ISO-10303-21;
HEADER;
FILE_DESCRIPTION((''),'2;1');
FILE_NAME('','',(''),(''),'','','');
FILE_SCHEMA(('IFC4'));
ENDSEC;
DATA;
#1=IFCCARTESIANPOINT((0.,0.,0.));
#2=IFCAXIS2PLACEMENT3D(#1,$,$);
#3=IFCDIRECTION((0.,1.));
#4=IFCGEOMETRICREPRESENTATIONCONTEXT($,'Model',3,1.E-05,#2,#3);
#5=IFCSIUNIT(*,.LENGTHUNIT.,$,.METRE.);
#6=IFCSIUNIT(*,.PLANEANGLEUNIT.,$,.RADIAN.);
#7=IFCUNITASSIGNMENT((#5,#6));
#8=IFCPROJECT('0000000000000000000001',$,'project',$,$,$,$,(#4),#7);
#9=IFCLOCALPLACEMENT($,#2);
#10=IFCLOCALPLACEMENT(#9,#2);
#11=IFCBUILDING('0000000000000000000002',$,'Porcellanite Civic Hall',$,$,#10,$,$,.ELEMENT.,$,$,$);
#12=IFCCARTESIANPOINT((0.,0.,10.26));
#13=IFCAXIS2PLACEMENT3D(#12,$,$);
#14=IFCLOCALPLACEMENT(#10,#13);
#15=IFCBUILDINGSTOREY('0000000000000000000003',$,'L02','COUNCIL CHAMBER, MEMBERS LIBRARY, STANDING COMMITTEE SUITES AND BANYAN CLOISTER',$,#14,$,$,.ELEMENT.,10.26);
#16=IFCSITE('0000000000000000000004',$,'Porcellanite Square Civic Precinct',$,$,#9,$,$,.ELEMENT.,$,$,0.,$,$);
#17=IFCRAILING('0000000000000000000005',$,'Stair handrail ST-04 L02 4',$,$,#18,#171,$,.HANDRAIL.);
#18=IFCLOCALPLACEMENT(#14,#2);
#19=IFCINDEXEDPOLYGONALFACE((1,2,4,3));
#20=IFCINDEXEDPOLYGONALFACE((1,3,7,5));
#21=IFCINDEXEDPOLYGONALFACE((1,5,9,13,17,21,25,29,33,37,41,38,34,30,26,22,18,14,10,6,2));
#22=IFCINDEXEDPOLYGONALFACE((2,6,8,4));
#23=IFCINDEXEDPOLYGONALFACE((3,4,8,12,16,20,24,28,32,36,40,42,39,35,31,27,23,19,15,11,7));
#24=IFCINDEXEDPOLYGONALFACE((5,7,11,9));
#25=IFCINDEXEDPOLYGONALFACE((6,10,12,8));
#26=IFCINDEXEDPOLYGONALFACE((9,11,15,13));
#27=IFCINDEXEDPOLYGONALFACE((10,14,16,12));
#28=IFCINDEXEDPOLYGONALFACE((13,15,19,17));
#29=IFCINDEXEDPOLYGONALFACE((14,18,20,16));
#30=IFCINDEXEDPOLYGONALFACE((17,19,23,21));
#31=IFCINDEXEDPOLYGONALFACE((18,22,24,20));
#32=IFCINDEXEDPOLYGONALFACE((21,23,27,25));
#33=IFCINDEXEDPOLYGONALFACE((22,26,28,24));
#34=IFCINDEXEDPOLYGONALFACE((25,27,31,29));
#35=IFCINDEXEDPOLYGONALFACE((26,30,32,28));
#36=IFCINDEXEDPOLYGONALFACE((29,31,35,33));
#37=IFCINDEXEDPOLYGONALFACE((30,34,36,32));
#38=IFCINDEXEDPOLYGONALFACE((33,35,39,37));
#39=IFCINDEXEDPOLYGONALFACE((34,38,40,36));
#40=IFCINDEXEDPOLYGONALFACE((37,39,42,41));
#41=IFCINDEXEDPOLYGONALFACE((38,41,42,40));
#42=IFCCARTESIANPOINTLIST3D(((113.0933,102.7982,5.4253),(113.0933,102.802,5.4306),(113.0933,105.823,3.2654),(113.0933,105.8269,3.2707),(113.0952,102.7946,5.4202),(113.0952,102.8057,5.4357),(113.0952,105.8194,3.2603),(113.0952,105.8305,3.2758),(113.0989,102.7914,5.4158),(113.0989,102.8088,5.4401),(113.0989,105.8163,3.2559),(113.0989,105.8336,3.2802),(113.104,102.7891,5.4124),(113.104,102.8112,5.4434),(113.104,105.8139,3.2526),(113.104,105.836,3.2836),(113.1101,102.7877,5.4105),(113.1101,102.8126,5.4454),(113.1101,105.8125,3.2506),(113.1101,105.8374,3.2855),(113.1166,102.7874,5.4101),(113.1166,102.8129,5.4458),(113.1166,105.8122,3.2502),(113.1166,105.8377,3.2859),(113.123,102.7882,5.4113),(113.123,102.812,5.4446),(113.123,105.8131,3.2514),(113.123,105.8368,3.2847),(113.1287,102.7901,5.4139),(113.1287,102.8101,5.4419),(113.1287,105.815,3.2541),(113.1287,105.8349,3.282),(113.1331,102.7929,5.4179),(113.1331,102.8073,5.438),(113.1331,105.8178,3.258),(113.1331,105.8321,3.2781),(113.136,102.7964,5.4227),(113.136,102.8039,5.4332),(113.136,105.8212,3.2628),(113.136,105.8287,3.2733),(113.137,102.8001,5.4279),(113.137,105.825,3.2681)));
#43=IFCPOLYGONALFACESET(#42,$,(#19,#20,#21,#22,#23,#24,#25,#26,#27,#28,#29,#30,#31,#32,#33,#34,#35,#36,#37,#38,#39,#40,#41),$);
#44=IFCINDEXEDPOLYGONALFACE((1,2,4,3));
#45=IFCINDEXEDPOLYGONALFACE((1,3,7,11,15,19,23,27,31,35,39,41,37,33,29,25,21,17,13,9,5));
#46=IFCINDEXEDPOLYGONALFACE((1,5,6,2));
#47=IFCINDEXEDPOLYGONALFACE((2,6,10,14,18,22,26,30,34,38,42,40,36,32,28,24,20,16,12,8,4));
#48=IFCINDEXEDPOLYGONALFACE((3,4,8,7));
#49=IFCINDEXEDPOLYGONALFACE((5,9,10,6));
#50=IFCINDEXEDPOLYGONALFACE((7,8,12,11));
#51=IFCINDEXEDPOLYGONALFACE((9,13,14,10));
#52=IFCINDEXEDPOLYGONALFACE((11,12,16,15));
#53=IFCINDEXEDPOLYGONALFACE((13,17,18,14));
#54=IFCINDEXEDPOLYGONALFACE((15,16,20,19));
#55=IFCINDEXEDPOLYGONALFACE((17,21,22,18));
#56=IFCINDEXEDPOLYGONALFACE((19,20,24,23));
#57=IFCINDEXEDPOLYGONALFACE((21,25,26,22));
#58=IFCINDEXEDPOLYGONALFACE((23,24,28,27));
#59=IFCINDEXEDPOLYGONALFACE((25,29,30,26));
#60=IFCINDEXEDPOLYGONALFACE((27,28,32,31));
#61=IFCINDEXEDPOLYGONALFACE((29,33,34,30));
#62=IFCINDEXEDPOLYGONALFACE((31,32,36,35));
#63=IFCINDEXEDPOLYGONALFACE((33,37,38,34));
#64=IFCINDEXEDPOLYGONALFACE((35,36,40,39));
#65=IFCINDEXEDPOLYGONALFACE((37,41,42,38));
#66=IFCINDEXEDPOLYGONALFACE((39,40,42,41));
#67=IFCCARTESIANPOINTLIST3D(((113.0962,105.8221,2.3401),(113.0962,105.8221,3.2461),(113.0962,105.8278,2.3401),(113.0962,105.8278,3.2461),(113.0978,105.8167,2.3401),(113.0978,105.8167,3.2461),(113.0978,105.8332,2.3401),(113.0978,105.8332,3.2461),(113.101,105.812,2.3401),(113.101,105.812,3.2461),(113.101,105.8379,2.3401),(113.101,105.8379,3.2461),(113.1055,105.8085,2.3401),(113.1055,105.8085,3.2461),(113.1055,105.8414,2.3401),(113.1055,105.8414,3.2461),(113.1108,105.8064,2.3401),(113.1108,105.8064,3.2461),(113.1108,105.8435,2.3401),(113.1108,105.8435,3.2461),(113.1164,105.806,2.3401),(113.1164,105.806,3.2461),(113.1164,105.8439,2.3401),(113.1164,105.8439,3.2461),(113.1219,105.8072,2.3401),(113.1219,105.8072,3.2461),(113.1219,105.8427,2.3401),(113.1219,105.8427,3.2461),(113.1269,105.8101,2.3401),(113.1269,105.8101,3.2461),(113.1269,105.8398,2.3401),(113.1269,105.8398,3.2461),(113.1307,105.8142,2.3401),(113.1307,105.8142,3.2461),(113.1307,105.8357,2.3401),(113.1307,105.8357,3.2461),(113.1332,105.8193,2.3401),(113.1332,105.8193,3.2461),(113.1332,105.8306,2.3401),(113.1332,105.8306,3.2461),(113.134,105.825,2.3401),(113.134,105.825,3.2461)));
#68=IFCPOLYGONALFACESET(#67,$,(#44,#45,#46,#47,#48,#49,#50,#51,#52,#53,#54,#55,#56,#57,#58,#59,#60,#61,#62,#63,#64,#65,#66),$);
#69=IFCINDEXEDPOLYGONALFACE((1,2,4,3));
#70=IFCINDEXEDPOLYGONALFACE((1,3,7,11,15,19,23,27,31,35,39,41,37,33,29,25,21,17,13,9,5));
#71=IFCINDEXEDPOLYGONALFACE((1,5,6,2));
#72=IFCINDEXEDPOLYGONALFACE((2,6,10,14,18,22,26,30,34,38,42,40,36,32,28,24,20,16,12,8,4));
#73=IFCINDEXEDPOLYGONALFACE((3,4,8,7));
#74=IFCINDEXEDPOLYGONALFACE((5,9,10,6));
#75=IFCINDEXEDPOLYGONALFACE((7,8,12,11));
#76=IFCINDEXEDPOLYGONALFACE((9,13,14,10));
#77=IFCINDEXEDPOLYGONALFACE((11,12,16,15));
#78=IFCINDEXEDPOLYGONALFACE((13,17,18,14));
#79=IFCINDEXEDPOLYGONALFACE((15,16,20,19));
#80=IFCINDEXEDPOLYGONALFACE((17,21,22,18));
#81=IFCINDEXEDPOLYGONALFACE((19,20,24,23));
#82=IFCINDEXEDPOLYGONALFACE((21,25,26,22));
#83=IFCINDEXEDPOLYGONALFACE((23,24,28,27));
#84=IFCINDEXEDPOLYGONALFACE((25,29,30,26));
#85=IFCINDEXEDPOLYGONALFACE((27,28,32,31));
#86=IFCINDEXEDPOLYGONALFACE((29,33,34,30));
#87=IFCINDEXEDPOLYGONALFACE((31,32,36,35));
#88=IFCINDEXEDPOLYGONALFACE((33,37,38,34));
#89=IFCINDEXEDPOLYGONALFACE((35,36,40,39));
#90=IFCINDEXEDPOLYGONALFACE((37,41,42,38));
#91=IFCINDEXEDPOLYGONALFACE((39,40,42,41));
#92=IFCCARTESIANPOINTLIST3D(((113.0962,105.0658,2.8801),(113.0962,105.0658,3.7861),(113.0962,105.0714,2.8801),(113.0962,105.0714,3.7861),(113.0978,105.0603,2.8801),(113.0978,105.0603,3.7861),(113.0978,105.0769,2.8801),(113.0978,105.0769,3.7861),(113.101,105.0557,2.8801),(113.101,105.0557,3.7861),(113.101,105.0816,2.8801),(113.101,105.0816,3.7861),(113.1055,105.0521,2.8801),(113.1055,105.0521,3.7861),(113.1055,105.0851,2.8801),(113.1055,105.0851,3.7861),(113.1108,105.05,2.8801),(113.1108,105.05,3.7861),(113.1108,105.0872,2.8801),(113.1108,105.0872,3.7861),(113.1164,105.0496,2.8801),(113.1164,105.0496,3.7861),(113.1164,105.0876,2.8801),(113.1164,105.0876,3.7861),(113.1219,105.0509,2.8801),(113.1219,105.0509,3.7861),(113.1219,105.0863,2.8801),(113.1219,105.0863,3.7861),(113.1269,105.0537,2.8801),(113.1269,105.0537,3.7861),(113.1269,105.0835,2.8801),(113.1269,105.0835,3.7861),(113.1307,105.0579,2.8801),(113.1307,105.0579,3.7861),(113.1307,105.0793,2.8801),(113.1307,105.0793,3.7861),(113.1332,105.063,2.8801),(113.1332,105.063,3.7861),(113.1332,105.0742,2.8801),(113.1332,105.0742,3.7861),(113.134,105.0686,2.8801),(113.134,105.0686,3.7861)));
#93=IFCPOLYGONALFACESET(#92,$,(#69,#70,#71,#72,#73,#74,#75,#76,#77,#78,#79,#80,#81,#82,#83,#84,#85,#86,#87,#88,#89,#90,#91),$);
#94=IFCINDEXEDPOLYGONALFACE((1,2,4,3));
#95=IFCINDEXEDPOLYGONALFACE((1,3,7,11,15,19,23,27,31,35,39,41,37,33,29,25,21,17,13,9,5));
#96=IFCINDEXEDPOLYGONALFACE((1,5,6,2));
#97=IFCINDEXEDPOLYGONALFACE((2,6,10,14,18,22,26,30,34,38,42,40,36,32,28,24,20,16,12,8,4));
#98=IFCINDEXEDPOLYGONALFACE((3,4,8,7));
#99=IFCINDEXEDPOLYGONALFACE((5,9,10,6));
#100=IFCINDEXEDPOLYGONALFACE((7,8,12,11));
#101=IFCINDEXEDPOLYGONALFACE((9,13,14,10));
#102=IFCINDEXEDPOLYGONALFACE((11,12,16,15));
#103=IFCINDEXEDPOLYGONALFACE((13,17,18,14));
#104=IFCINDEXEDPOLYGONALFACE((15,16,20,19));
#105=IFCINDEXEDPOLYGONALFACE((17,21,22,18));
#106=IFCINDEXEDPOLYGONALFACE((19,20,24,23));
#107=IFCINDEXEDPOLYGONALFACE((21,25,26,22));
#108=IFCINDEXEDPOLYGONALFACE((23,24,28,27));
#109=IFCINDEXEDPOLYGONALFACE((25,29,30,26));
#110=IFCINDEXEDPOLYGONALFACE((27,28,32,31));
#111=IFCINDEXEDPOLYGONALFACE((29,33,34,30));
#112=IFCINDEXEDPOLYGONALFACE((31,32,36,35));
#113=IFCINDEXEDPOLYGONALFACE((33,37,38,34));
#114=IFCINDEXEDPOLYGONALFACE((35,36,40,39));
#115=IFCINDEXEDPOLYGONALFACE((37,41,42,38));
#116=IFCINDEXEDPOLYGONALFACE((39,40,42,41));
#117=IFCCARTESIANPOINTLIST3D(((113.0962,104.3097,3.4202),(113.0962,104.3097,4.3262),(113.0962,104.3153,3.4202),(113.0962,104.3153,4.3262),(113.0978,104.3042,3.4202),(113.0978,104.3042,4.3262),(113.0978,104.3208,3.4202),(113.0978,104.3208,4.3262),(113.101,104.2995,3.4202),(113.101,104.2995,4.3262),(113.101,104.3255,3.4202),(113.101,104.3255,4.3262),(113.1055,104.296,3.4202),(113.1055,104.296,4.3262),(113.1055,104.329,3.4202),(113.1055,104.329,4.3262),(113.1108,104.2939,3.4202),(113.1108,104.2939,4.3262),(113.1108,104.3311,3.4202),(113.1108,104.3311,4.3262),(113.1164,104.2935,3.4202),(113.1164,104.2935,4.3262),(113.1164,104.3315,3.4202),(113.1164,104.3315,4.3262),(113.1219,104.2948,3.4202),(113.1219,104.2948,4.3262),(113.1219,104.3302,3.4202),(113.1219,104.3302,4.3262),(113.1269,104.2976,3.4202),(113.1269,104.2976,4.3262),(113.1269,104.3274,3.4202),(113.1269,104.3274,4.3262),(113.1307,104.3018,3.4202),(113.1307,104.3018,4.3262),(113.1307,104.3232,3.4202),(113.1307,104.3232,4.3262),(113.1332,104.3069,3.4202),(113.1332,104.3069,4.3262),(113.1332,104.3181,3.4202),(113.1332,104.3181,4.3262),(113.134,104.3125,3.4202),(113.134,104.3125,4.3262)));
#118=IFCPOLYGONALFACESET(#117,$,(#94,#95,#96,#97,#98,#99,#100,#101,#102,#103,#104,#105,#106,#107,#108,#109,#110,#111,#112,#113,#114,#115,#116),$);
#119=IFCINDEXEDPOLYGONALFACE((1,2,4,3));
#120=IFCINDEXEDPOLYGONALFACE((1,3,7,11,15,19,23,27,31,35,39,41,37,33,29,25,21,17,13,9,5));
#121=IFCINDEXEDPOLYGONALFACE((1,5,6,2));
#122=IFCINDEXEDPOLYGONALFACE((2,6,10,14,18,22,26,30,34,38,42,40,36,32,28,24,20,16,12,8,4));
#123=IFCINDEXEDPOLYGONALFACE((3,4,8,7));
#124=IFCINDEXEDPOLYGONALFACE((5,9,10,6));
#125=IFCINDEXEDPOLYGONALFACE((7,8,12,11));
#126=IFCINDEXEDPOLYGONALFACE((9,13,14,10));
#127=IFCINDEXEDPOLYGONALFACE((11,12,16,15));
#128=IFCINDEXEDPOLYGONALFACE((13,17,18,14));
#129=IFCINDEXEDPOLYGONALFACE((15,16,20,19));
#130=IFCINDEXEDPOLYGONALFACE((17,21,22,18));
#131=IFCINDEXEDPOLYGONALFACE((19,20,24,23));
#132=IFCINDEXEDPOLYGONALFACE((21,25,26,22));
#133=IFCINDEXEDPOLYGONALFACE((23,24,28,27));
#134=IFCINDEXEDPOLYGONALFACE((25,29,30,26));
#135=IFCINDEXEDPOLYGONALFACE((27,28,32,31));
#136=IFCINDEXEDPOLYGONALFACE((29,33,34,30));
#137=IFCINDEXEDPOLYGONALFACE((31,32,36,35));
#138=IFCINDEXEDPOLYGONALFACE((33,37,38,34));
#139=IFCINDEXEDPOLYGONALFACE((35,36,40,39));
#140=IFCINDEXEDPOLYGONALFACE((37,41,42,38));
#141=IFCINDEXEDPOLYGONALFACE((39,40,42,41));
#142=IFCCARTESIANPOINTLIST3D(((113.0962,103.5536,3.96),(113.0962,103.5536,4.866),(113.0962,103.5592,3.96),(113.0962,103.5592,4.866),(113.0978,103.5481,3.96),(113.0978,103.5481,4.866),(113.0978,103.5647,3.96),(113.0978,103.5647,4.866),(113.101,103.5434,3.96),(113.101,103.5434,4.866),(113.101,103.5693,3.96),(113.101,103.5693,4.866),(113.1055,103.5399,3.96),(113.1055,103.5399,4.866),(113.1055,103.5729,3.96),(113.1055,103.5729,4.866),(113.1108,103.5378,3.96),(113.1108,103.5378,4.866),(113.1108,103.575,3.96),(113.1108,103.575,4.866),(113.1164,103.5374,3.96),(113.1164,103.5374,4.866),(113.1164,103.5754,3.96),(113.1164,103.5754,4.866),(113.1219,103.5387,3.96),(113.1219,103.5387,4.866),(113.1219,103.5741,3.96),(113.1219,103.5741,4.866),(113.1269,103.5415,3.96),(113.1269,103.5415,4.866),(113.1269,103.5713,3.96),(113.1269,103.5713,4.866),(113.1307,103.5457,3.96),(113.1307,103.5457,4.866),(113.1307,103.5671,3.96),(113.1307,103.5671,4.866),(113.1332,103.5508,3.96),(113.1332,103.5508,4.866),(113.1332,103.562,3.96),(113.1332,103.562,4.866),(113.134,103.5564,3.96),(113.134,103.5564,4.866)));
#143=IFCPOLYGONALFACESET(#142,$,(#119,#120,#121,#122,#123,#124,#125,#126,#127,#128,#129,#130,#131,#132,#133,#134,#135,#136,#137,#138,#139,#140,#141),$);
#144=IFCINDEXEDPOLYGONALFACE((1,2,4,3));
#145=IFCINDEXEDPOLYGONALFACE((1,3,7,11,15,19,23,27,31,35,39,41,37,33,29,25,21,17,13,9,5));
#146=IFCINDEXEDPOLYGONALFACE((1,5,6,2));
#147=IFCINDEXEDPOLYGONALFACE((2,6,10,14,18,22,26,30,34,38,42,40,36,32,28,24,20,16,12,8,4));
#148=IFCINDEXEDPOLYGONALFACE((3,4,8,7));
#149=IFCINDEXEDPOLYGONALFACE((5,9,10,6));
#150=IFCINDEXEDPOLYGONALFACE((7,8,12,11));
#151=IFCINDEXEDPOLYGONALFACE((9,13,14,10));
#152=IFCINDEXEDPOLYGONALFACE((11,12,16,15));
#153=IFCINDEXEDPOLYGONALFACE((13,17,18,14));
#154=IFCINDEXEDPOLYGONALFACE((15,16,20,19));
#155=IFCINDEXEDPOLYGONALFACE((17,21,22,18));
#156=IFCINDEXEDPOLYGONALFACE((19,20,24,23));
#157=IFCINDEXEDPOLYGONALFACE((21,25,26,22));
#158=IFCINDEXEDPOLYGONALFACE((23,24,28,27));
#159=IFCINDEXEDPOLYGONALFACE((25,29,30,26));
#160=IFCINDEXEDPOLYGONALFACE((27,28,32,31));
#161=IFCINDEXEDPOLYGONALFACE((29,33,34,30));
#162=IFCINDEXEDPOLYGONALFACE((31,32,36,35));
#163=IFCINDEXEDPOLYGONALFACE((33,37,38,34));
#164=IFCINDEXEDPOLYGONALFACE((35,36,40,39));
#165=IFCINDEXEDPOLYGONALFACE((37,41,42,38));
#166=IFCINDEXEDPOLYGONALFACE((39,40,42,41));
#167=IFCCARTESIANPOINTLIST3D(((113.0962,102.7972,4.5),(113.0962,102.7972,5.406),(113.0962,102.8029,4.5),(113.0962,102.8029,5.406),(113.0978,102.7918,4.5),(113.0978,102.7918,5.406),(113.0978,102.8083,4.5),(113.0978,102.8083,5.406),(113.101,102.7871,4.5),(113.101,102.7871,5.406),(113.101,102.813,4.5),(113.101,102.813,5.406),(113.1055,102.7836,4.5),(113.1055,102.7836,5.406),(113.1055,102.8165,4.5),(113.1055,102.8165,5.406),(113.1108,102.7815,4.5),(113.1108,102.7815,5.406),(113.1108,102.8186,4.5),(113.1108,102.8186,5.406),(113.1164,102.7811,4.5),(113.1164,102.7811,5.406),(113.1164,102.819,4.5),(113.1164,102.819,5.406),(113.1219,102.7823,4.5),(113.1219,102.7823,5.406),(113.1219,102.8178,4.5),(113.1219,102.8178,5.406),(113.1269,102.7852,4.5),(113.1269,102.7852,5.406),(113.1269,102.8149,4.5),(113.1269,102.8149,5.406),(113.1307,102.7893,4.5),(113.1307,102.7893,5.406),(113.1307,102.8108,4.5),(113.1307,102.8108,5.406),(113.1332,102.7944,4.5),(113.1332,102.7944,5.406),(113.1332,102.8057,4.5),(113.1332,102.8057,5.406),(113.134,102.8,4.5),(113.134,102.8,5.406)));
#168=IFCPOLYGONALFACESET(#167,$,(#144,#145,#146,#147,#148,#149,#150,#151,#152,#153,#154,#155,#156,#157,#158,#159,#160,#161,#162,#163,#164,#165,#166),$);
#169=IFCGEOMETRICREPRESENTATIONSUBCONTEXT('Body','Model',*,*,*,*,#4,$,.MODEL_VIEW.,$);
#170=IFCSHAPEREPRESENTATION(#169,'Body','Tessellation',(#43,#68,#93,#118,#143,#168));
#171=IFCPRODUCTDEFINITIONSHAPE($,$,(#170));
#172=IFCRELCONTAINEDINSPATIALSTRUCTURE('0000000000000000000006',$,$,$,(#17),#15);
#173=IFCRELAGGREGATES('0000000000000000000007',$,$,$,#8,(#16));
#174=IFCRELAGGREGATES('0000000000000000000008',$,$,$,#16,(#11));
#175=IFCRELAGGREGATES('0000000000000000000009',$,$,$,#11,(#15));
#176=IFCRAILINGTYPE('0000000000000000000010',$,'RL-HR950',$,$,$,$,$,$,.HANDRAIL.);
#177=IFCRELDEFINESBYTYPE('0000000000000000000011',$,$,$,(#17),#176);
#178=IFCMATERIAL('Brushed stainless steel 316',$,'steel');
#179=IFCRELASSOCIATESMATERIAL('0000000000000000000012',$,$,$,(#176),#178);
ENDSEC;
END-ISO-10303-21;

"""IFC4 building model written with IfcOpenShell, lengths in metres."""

from ifc_helpers import new_model, si_unit, direction, frame, origin, origin_2d, place, context, subcontext, project, spatial, circle, extrude, material, type_object, element, save


model = new_model("IFC4")

# Units and contexts
model_context = context("Model", 3, precision=1e-05, world=origin(), true_north=direction((0.0, 1.0)))
body_context = subcontext(model_context, "Body", "Model", "MODEL_VIEW")
ifc_project = project(units=[si_unit("LENGTHUNIT", "METRE"), si_unit("PLANEANGLEUNIT", "RADIAN")], contexts=[model_context])

# Site, building, storey
site_placement = place(None, origin())
site = spatial("IfcSite", under=ifc_project, at=site_placement, Name="Porcellanite Square Civic Precinct", CompositionType="ELEMENT", RefElevation=0.0)
building_placement = place(site_placement, origin())
building = spatial("IfcBuilding", under=site, at=building_placement, Name="Porcellanite Civic Hall", CompositionType="ELEMENT")
storey_placement = place(building_placement, frame((0.0, 0.0, 10.26)))
storey = spatial("IfcBuildingStorey", under=building, at=storey_placement, Name="L02", Description="COUNCIL CHAMBER, MEMBERS LIBRARY, STANDING COMMITTEE SUITES AND BANYAN CLOISTER", CompositionType="ELEMENT", Elevation=10.26)

# Railing
ifc_material_1 = material(Name="Brushed stainless steel 316", Category="steel")
railing_type_1 = type_object("IfcRailingType", Name="RL-HR950", PredefinedType="HANDRAIL", material=ifc_material_1)
railing_1_placement = place(storey_placement, frame((113.115, 105.825, 2.3401)))
element("IfcRailing", 1, at=railing_1_placement, inside=storey, type_object=railing_type_1, Name="Stair handrail ST-04 L02 4", PredefinedType="HANDRAIL", context=body_context, shape_type="SweptSolid", body=[
    extrude(circle(Radius=0.022, at=origin_2d()), frame((0.0, 0.0, 0.928), z_axis=(0.0, -0.813827, 0.581108), x_axis=(1.0, 0.0, 0.0)), (0.0, 0.0, 1.0), 3.7168),
    extrude(circle(Radius=0.019, at=origin_2d()), origin(), (0.0, 0.0, 1.0), 0.906),
    extrude(circle(Radius=0.019, at=origin_2d()), frame((0.0, -0.7563, 0.54)), (0.0, 0.0, 1.0), 0.906),
    extrude(circle(Radius=0.019, at=origin_2d()), frame((0.0, -1.5125, 1.0801)), (0.0, 0.0, 1.0), 0.906),
    extrude(circle(Radius=0.019, at=origin_2d()), frame((0.0, -2.2686, 1.6199)), (0.0, 0.0, 1.0), 0.906),
    extrude(circle(Radius=0.019, at=origin_2d()), frame((0.0, -3.0249, 2.1599)), (0.0, 0.0, 1.0), 0.906),
])

save(model, "model.ifc")
